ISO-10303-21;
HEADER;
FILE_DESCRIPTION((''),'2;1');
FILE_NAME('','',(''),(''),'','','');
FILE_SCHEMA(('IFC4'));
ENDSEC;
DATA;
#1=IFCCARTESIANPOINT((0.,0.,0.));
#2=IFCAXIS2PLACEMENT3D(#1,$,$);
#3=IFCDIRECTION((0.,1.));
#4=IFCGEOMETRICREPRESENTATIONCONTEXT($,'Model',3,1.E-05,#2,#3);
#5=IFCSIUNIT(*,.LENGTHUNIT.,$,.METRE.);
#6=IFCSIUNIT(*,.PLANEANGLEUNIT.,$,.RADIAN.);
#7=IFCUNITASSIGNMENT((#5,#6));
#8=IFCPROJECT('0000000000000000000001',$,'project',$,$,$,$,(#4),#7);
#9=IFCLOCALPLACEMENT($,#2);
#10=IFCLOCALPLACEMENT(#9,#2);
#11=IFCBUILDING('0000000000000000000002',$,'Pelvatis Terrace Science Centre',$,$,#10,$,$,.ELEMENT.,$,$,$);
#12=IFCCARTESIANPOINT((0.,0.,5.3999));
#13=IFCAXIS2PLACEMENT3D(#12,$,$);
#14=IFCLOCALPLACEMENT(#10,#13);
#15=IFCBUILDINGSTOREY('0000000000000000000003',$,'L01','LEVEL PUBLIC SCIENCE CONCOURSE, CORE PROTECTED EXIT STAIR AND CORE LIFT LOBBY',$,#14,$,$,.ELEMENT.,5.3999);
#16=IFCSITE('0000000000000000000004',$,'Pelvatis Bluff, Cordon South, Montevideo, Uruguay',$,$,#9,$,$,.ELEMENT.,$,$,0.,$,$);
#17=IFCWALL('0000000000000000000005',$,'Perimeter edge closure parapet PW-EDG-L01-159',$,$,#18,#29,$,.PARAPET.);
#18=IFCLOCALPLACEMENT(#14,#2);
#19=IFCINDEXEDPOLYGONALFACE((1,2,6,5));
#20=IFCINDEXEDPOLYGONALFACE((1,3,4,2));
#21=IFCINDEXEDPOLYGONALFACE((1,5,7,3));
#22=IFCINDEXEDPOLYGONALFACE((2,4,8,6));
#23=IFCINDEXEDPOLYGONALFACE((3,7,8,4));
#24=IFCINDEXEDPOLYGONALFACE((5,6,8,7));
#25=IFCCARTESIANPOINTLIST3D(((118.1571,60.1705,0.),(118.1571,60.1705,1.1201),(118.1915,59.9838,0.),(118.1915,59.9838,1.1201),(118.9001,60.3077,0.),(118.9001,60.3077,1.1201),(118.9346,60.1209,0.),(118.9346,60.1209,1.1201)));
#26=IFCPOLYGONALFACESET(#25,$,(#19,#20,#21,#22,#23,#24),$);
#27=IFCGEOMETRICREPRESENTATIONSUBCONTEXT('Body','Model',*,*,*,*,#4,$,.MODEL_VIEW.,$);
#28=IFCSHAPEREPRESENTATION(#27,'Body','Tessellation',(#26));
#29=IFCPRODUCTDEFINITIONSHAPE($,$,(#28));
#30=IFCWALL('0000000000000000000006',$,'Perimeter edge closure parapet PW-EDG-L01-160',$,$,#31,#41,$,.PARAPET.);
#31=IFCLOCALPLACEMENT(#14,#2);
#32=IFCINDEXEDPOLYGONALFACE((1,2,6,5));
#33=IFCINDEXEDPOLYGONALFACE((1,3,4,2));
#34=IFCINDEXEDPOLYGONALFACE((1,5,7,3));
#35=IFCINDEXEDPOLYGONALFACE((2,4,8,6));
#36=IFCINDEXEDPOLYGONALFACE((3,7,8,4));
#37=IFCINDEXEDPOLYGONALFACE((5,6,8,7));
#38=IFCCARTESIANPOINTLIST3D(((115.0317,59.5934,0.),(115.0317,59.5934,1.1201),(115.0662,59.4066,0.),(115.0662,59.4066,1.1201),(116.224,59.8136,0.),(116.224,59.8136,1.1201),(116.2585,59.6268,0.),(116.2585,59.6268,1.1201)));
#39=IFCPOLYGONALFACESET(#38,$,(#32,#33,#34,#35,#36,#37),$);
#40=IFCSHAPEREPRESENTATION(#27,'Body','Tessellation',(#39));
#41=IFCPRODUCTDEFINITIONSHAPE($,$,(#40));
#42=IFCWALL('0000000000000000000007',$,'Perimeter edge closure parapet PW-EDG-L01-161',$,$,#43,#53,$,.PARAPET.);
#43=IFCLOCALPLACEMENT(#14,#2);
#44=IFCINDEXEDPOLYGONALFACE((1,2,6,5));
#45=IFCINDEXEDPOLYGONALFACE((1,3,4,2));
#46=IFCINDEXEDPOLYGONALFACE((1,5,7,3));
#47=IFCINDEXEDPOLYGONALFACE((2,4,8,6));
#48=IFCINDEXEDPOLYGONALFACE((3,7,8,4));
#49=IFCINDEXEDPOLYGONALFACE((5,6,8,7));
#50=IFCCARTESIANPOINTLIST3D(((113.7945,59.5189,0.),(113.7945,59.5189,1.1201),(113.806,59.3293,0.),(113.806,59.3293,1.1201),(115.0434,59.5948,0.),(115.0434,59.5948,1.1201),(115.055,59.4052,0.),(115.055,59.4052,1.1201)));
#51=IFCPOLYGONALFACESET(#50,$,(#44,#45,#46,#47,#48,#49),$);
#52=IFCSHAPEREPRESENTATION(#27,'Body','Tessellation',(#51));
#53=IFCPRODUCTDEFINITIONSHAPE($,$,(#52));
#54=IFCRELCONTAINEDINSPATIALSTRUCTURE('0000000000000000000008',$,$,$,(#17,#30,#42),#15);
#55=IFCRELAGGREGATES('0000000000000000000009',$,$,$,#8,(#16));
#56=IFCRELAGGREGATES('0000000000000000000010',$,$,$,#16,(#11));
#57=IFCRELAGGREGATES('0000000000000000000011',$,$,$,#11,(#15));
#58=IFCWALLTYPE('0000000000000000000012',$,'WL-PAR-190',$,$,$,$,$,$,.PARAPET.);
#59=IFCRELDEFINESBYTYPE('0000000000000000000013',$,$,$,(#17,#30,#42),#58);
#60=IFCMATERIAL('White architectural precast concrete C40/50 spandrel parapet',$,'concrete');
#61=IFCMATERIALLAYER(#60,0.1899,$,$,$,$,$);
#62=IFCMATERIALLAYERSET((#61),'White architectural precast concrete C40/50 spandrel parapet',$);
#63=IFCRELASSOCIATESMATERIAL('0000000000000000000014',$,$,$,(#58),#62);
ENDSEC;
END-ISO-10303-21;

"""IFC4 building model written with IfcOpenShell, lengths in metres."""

from ifc_helpers import new_model, si_unit, direction, frame, frame_2d, origin, place, context, subcontext, project, spatial, rectangle, extrude, material, layer, layer_set, type_object, element, save


model = new_model("IFC4")

# Units and contexts
model_context = context("Model", 3, precision=1e-05, world=origin(), true_north=direction((0.0, 1.0)))
body_context = subcontext(model_context, "Body", "Model", "MODEL_VIEW")
ifc_project = project(units=[si_unit("LENGTHUNIT", "METRE"), si_unit("PLANEANGLEUNIT", "RADIAN")], contexts=[model_context])

# Site, building, storey
site_placement = place(None, origin())
site = spatial("IfcSite", under=ifc_project, at=site_placement, Name="Pelvatis Bluff, Cordon South, Montevideo, Uruguay", CompositionType="ELEMENT", RefElevation=0.0)
building_placement = place(site_placement, origin())
building = spatial("IfcBuilding", under=site, at=building_placement, Name="Pelvatis Terrace Science Centre", CompositionType="ELEMENT")
storey_placement = place(building_placement, frame((0.0, 0.0, 5.3999)))
storey = spatial("IfcBuildingStorey", under=building, at=storey_placement, Name="L01", Description="LEVEL PUBLIC SCIENCE CONCOURSE, CORE PROTECTED EXIT STAIR AND CORE LIFT LOBBY", CompositionType="ELEMENT", Elevation=5.3999)

# Walls
ifc_material_1 = material(Name="White architectural precast concrete C40/50 spandrel parapet", Category="concrete")
ifc_layer_1 = layer(ifc_material_1, 0.1899)
ifc_layer_set_1 = layer_set([ifc_layer_1], Name="White architectural precast concrete C40/50 spandrel parapet")
wall_type_1 = type_object("IfcWallType", Name="WL-PAR-190", PredefinedType="PARAPET", material=ifc_layer_set_1)
wall_1_placement = place(storey_placement, frame((118.9175, 60.2144, 0.0), z_axis=(0.0, 0.0, 1.0), x_axis=(-0.98338, -0.181557, 0.0)))
element("IfcWall", 1, at=wall_1_placement, inside=storey, type_object=wall_type_1, Name="Perimeter edge closure parapet PW-EDG-L01-159", PredefinedType="PARAPET", context=body_context, shape_type="SweptSolid", body=[
    extrude(rectangle(XDim=0.7556, YDim=0.1899, at=frame_2d((0.3779, 0.0))), origin(), (0.0, 0.0, 1.0), 1.1201),
])
wall_2_placement = place(storey_placement, frame((116.2412, 59.7202, 0.0), z_axis=(0.0, 0.0, 1.0), x_axis=(-0.983363, -0.181649, 0.0)))
element("IfcWall", 2, at=wall_2_placement, inside=storey, type_object=wall_type_1, Name="Perimeter edge closure parapet PW-EDG-L01-160", PredefinedType="PARAPET", context=body_context, shape_type="SweptSolid", body=[
    extrude(rectangle(XDim=1.2124, YDim=0.1899, at=frame_2d((0.6062, 0.0))), origin(), (0.0, 0.0, 1.0), 1.1201),
])
wall_3_placement = place(storey_placement, frame((115.0491, 59.5, 0.0), z_axis=(0.0, 0.0, 1.0), x_axis=(-0.998157, -0.060678, 0.0)))
element("IfcWall", 3, at=wall_3_placement, inside=storey, type_object=wall_type_1, Name="Perimeter edge closure parapet PW-EDG-L01-161", PredefinedType="PARAPET", context=body_context, shape_type="SweptSolid", body=[
    extrude(rectangle(XDim=1.2512, YDim=0.1899, at=frame_2d((0.6255, 0.0))), origin(), (0.0, 0.0, 1.0), 1.1201),
])

save(model, "model.ifc")
